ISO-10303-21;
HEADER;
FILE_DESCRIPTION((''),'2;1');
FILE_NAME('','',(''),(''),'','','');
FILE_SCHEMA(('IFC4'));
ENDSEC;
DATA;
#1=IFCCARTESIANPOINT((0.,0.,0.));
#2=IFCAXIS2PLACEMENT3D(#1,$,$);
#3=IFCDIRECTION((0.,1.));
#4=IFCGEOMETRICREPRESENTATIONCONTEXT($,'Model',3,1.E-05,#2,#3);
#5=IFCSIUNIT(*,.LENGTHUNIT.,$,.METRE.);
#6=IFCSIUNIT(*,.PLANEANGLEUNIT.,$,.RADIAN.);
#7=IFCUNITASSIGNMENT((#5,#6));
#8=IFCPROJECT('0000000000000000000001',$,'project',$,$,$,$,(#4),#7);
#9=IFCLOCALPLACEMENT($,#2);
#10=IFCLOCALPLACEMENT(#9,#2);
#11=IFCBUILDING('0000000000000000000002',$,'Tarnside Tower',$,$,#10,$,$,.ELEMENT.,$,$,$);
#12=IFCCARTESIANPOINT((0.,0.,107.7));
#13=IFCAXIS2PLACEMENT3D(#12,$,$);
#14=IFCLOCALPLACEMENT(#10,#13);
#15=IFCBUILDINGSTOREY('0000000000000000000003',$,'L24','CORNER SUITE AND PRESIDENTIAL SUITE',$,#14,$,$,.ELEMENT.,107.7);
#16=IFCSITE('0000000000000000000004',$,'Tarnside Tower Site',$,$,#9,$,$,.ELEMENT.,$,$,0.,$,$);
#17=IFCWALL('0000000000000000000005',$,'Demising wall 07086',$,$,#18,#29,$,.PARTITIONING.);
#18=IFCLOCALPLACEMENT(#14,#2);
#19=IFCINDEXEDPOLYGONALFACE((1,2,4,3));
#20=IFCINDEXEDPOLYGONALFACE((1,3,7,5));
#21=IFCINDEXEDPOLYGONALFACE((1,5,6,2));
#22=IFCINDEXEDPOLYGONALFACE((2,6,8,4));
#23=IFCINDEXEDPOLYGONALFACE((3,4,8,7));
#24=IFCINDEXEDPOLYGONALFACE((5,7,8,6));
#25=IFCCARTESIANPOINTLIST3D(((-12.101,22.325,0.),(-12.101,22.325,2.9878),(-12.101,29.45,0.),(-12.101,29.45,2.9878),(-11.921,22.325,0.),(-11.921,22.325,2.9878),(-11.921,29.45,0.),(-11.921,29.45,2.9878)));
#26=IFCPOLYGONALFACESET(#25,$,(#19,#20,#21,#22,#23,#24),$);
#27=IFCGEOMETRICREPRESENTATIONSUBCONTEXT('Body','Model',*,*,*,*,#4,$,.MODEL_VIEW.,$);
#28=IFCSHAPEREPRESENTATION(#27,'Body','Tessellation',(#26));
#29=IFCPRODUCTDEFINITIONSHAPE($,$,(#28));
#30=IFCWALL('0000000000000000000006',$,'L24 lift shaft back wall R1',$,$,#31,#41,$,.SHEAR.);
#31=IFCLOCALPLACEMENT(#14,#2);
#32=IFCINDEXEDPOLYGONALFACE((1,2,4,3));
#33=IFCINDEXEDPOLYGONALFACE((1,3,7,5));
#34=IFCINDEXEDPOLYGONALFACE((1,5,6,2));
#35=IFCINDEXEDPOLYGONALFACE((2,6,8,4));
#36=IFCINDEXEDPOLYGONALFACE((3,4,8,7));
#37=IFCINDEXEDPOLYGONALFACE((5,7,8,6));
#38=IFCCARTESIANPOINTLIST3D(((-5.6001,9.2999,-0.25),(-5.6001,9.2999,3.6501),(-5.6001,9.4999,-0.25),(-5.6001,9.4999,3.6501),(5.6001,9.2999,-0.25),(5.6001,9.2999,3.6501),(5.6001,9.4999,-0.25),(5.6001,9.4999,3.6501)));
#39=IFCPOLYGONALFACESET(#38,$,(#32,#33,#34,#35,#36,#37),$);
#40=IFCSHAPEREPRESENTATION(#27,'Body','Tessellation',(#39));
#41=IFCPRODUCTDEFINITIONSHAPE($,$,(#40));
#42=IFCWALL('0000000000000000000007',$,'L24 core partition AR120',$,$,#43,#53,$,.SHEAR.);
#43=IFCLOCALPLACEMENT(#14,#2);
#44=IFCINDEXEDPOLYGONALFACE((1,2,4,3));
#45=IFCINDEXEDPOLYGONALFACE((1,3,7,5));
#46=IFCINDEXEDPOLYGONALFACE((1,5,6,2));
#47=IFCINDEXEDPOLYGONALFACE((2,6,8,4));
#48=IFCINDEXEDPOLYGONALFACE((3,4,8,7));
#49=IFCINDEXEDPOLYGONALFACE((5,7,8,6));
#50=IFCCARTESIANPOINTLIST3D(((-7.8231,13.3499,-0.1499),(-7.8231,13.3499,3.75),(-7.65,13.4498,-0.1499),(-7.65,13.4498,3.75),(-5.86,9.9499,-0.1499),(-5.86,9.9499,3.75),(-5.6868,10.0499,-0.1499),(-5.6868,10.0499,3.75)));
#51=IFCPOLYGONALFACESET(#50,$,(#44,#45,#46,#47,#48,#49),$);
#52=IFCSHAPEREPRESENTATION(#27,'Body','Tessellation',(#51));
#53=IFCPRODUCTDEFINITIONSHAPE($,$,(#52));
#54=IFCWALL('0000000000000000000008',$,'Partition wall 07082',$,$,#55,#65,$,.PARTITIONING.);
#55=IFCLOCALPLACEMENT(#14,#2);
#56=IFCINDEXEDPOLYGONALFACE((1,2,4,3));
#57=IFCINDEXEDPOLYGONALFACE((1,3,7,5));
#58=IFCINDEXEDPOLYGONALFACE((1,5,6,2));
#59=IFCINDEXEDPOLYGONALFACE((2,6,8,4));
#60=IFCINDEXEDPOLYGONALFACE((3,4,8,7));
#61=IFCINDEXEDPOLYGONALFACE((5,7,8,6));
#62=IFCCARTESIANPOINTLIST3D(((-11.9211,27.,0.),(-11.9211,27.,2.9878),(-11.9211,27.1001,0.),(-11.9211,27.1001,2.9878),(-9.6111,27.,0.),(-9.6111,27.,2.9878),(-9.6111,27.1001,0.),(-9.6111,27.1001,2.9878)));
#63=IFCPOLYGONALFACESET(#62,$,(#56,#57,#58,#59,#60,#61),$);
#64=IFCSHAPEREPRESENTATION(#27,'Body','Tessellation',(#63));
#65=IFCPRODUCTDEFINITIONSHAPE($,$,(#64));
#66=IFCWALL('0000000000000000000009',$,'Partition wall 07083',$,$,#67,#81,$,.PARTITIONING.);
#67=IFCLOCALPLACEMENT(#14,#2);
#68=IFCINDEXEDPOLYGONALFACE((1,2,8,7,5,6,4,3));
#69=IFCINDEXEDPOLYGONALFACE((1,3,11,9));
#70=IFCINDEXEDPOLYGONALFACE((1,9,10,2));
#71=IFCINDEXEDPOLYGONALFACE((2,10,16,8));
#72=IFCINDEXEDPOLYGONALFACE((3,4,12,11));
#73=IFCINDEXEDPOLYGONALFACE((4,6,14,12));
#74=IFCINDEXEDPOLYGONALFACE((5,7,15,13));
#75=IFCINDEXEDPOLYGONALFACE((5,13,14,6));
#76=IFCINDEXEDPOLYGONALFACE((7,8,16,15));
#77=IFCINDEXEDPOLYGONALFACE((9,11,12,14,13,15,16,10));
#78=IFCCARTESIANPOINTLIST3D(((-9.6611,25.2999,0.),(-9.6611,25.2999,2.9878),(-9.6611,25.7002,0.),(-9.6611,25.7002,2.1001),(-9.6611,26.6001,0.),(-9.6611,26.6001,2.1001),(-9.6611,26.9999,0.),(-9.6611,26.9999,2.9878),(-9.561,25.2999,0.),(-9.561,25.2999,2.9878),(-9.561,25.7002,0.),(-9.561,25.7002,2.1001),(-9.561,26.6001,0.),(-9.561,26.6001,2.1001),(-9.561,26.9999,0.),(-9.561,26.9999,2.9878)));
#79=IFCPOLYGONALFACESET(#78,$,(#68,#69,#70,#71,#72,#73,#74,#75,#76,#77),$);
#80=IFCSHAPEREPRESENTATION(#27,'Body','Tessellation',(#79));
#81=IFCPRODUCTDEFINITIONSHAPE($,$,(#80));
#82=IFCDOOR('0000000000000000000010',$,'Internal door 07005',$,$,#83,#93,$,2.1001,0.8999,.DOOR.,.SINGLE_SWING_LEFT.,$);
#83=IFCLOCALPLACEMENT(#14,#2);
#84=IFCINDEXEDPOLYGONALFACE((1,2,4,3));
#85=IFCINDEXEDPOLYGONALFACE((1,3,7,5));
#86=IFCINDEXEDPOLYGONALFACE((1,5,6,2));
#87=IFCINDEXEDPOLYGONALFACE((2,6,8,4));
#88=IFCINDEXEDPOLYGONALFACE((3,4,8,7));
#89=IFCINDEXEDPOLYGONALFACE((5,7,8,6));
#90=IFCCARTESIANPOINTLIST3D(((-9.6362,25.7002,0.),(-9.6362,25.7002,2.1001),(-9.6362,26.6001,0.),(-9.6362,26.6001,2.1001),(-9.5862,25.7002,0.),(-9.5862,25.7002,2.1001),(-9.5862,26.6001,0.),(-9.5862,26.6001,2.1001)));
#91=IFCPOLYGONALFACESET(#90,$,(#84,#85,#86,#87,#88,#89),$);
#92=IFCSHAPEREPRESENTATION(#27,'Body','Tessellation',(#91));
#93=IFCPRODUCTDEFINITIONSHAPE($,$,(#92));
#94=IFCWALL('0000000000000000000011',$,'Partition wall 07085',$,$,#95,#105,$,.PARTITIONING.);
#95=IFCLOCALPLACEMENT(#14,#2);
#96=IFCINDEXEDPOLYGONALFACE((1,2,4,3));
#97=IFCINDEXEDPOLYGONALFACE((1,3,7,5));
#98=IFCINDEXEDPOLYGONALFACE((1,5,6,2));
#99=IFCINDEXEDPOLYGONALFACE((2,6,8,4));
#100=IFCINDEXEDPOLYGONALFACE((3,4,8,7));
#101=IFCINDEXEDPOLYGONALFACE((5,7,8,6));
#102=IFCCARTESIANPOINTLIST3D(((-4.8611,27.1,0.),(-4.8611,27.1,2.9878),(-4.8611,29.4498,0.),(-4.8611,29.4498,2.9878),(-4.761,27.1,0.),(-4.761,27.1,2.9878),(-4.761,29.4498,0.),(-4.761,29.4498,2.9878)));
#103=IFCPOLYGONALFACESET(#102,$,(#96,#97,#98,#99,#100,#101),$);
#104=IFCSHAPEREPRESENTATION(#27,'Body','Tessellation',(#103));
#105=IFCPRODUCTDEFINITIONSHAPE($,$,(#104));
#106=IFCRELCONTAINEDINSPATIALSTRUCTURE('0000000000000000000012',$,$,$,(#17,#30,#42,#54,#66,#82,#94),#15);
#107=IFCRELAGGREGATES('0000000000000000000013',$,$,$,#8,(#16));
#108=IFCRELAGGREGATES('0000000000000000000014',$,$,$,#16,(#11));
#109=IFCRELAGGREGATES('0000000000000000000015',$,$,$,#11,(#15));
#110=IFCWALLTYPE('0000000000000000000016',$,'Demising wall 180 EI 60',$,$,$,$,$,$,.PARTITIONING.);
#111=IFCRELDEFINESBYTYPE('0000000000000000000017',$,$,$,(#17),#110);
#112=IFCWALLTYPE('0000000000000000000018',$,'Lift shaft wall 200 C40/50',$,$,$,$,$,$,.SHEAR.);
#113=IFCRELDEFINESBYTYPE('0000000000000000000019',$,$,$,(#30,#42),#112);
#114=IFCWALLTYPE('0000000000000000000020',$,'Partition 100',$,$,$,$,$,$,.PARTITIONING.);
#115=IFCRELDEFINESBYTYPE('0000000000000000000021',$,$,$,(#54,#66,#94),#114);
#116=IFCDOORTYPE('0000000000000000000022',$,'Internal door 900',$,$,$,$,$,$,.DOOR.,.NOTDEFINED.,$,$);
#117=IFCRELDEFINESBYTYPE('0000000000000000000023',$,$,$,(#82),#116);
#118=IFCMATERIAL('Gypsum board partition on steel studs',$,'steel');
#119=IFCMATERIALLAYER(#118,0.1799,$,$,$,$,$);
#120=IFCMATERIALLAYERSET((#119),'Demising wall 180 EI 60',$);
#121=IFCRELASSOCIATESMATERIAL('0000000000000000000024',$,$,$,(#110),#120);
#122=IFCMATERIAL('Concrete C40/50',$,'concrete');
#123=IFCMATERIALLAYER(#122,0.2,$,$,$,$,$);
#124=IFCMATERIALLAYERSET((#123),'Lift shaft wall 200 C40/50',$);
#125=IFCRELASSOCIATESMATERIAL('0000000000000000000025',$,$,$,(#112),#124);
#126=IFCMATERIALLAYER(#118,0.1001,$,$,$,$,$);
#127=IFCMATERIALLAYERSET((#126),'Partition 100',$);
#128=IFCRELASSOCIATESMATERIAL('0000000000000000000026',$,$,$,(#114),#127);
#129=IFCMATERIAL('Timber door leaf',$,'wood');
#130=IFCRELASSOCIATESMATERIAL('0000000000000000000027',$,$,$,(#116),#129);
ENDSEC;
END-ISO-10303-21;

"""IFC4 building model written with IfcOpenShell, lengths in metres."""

from ifc_helpers import new_model, si_unit, direction, frame, frame_2d, origin, place, context, subcontext, project, spatial, rectangle, extrude, material, layer, layer_set, type_object, element, fill, save


model = new_model("IFC4")

# Units and contexts
model_context = context("Model", 3, precision=1e-05, world=origin(), true_north=direction((0.0, 1.0)))
body_context = subcontext(model_context, "Body", "Model", "MODEL_VIEW")
ifc_project = project(units=[si_unit("LENGTHUNIT", "METRE"), si_unit("PLANEANGLEUNIT", "RADIAN")], contexts=[model_context])

# Site, building, storey
site_placement = place(None, origin())
site = spatial("IfcSite", under=ifc_project, at=site_placement, Name="Tarnside Tower Site", CompositionType="ELEMENT", RefElevation=0.0)
building_placement = place(site_placement, origin())
building = spatial("IfcBuilding", under=site, at=building_placement, Name="Tarnside Tower", CompositionType="ELEMENT")
storey_placement = place(building_placement, frame((0.0, 0.0, 107.7)))
storey = spatial("IfcBuildingStorey", under=building, at=storey_placement, Name="L24", Description="CORNER SUITE AND PRESIDENTIAL SUITE", CompositionType="ELEMENT", Elevation=107.7)

# Shared definitions
ifc_material_1 = material(Name="Gypsum board partition on steel studs", Category="steel")
ifc_material_2 = material(Name="Timber door leaf", Category="wood")

# Walls
ifc_layer_1 = layer(ifc_material_1, 0.1799)
ifc_layer_set_1 = layer_set([ifc_layer_1], Name="Demising wall 180 EI 60")
wall_type_1 = type_object("IfcWallType", Name="Demising wall 180 EI 60", PredefinedType="PARTITIONING", material=ifc_layer_set_1)
wall_1_placement = place(storey_placement, frame((-12.011, 29.45, 0.0), z_axis=(0.0, 0.0, 1.0), x_axis=(0.0, -1.0, 0.0)))
element("IfcWall", 1, at=wall_1_placement, inside=storey, type_object=wall_type_1, Name="Demising wall 07086", PredefinedType="PARTITIONING", context=body_context, shape_type="SweptSolid", body=[
    extrude(rectangle(XDim=7.125, YDim=0.1799, at=frame_2d((3.5625, 0.0))), origin(), (0.0, 0.0, 1.0), 2.9878),
])
ifc_material_3 = material(Name="Concrete C40/50", Category="concrete")
ifc_layer_2 = layer(ifc_material_3, 0.2)
ifc_layer_set_2 = layer_set([ifc_layer_2], Name="Lift shaft wall 200 C40/50")
wall_type_2 = type_object("IfcWallType", Name="Lift shaft wall 200 C40/50", PredefinedType="SHEAR", material=ifc_layer_set_2)
wall_2_placement = place(storey_placement, frame((-5.6001, 9.3999, -0.25), z_axis=(0.0, 0.0, 1.0), x_axis=(1.0, 0.0, 0.0)))
element("IfcWall", 2, at=wall_2_placement, inside=storey, type_object=wall_type_2, Name="L24 lift shaft back wall R1", PredefinedType="SHEAR", context=body_context, shape_type="SweptSolid", body=[
    extrude(rectangle(XDim=11.2002, YDim=0.2, at=frame_2d((5.6001, 0.0))), origin(), (0.0, 0.0, 1.0), 3.9001),
])
wall_3_placement = place(storey_placement, frame((-5.7734, 10.0, -0.1499), z_axis=(0.0, 0.0, 1.0), x_axis=(-0.500038, 0.866003, 0.0)))
element("IfcWall", 3, at=wall_3_placement, inside=storey, type_object=wall_type_2, Name="L24 core partition AR120", PredefinedType="SHEAR", context=body_context, shape_type="SweptSolid", body=[
    extrude(rectangle(XDim=3.926, YDim=0.2, at=frame_2d((1.9629, 0.0))), origin(), (0.0, 0.0, 1.0), 3.8999),
])
ifc_layer_3 = layer(ifc_material_1, 0.1001)
ifc_layer_set_3 = layer_set([ifc_layer_3], Name="Partition 100")
wall_type_3 = type_object("IfcWallType", Name="Partition 100", PredefinedType="PARTITIONING", material=ifc_layer_set_3)
wall_4_placement = place(storey_placement, frame((-11.9211, 27.05, 0.0), z_axis=(0.0, 0.0, 1.0), x_axis=(1.0, 0.0, 0.0)))
element("IfcWall", 4, at=wall_4_placement, inside=storey, type_object=wall_type_3, Name="Partition wall 07082", PredefinedType="PARTITIONING", context=body_context, shape_type="SweptSolid", body=[
    extrude(rectangle(XDim=2.3101, YDim=0.1001, at=frame_2d((1.155, 0.0))), origin(), (0.0, 0.0, 1.0), 2.9878),
])

# Wall, opening, door
wall_5_placement = place(storey_placement, frame((-9.6111, 27.0, 0.0), z_axis=(0.0, 0.0, 1.0), x_axis=(0.0, -1.0, 0.0)))
wall_5 = element("IfcWall", 5, at=wall_5_placement, inside=storey, type_object=wall_type_3, Name="Partition wall 07083", PredefinedType="PARTITIONING", context=body_context, shape_type="SweptSolid", body=[
    extrude(rectangle(XDim=1.7, YDim=0.1001, at=frame_2d((0.8501, 0.0))), origin(), (0.0, 0.0, 1.0), 2.9878),
])
opening_1_placement = place(wall_5_placement, frame((0.3999, 0.0, 0.0)))
opening_1 = element("IfcOpeningElement", 6, at=opening_1_placement, cuts=wall_5, PredefinedType="OPENING", context=body_context, shape_type="SweptSolid", body=[
    extrude(rectangle(XDim=0.8999, YDim=2.1001, at=frame_2d((0.45, 1.05))), frame((0.0, 0.0601, 0.0), z_axis=(0.0, -1.0, 0.0), x_axis=(1.0, 0.0, 0.0)), (0.0, 0.0, 1.0), 0.1201),
])
door_type_1 = type_object("IfcDoorType", Name="Internal door 900", OperationType="NOTDEFINED", PredefinedType="DOOR", material=ifc_material_2)
door_1_placement = place(opening_1_placement, origin())
door_1 = element("IfcDoor", 7, at=door_1_placement, inside=storey, type_object=door_type_1, Name="Internal door 07005", OperationType="SINGLE_SWING_LEFT", OverallHeight=2.1001, OverallWidth=0.8999, PredefinedType="DOOR", context=body_context, shape_type="SweptSolid", body=[
    extrude(rectangle(XDim=0.8999, YDim=2.1001, at=frame_2d((0.45, 1.05))), frame((0.0, 0.0249, 0.0), z_axis=(0.0, -1.0, 0.0), x_axis=(1.0, 0.0, 0.0)), (0.0, 0.0, 1.0), 0.05),
])
fill(opening_1, door_1)

# Wall
wall_6_placement = place(storey_placement, frame((-4.811, 27.1001, 0.0), z_axis=(0.0, 0.0, 1.0), x_axis=(0.0, 1.0, 0.0)))
element("IfcWall", 8, at=wall_6_placement, inside=storey, type_object=wall_type_3, Name="Partition wall 07085", PredefinedType="PARTITIONING", context=body_context, shape_type="SweptSolid", body=[
    extrude(rectangle(XDim=2.3499, YDim=0.1001, at=frame_2d((1.1748, 0.0))), origin(), (0.0, 0.0, 1.0), 2.9878),
])

save(model, "model.ifc")
